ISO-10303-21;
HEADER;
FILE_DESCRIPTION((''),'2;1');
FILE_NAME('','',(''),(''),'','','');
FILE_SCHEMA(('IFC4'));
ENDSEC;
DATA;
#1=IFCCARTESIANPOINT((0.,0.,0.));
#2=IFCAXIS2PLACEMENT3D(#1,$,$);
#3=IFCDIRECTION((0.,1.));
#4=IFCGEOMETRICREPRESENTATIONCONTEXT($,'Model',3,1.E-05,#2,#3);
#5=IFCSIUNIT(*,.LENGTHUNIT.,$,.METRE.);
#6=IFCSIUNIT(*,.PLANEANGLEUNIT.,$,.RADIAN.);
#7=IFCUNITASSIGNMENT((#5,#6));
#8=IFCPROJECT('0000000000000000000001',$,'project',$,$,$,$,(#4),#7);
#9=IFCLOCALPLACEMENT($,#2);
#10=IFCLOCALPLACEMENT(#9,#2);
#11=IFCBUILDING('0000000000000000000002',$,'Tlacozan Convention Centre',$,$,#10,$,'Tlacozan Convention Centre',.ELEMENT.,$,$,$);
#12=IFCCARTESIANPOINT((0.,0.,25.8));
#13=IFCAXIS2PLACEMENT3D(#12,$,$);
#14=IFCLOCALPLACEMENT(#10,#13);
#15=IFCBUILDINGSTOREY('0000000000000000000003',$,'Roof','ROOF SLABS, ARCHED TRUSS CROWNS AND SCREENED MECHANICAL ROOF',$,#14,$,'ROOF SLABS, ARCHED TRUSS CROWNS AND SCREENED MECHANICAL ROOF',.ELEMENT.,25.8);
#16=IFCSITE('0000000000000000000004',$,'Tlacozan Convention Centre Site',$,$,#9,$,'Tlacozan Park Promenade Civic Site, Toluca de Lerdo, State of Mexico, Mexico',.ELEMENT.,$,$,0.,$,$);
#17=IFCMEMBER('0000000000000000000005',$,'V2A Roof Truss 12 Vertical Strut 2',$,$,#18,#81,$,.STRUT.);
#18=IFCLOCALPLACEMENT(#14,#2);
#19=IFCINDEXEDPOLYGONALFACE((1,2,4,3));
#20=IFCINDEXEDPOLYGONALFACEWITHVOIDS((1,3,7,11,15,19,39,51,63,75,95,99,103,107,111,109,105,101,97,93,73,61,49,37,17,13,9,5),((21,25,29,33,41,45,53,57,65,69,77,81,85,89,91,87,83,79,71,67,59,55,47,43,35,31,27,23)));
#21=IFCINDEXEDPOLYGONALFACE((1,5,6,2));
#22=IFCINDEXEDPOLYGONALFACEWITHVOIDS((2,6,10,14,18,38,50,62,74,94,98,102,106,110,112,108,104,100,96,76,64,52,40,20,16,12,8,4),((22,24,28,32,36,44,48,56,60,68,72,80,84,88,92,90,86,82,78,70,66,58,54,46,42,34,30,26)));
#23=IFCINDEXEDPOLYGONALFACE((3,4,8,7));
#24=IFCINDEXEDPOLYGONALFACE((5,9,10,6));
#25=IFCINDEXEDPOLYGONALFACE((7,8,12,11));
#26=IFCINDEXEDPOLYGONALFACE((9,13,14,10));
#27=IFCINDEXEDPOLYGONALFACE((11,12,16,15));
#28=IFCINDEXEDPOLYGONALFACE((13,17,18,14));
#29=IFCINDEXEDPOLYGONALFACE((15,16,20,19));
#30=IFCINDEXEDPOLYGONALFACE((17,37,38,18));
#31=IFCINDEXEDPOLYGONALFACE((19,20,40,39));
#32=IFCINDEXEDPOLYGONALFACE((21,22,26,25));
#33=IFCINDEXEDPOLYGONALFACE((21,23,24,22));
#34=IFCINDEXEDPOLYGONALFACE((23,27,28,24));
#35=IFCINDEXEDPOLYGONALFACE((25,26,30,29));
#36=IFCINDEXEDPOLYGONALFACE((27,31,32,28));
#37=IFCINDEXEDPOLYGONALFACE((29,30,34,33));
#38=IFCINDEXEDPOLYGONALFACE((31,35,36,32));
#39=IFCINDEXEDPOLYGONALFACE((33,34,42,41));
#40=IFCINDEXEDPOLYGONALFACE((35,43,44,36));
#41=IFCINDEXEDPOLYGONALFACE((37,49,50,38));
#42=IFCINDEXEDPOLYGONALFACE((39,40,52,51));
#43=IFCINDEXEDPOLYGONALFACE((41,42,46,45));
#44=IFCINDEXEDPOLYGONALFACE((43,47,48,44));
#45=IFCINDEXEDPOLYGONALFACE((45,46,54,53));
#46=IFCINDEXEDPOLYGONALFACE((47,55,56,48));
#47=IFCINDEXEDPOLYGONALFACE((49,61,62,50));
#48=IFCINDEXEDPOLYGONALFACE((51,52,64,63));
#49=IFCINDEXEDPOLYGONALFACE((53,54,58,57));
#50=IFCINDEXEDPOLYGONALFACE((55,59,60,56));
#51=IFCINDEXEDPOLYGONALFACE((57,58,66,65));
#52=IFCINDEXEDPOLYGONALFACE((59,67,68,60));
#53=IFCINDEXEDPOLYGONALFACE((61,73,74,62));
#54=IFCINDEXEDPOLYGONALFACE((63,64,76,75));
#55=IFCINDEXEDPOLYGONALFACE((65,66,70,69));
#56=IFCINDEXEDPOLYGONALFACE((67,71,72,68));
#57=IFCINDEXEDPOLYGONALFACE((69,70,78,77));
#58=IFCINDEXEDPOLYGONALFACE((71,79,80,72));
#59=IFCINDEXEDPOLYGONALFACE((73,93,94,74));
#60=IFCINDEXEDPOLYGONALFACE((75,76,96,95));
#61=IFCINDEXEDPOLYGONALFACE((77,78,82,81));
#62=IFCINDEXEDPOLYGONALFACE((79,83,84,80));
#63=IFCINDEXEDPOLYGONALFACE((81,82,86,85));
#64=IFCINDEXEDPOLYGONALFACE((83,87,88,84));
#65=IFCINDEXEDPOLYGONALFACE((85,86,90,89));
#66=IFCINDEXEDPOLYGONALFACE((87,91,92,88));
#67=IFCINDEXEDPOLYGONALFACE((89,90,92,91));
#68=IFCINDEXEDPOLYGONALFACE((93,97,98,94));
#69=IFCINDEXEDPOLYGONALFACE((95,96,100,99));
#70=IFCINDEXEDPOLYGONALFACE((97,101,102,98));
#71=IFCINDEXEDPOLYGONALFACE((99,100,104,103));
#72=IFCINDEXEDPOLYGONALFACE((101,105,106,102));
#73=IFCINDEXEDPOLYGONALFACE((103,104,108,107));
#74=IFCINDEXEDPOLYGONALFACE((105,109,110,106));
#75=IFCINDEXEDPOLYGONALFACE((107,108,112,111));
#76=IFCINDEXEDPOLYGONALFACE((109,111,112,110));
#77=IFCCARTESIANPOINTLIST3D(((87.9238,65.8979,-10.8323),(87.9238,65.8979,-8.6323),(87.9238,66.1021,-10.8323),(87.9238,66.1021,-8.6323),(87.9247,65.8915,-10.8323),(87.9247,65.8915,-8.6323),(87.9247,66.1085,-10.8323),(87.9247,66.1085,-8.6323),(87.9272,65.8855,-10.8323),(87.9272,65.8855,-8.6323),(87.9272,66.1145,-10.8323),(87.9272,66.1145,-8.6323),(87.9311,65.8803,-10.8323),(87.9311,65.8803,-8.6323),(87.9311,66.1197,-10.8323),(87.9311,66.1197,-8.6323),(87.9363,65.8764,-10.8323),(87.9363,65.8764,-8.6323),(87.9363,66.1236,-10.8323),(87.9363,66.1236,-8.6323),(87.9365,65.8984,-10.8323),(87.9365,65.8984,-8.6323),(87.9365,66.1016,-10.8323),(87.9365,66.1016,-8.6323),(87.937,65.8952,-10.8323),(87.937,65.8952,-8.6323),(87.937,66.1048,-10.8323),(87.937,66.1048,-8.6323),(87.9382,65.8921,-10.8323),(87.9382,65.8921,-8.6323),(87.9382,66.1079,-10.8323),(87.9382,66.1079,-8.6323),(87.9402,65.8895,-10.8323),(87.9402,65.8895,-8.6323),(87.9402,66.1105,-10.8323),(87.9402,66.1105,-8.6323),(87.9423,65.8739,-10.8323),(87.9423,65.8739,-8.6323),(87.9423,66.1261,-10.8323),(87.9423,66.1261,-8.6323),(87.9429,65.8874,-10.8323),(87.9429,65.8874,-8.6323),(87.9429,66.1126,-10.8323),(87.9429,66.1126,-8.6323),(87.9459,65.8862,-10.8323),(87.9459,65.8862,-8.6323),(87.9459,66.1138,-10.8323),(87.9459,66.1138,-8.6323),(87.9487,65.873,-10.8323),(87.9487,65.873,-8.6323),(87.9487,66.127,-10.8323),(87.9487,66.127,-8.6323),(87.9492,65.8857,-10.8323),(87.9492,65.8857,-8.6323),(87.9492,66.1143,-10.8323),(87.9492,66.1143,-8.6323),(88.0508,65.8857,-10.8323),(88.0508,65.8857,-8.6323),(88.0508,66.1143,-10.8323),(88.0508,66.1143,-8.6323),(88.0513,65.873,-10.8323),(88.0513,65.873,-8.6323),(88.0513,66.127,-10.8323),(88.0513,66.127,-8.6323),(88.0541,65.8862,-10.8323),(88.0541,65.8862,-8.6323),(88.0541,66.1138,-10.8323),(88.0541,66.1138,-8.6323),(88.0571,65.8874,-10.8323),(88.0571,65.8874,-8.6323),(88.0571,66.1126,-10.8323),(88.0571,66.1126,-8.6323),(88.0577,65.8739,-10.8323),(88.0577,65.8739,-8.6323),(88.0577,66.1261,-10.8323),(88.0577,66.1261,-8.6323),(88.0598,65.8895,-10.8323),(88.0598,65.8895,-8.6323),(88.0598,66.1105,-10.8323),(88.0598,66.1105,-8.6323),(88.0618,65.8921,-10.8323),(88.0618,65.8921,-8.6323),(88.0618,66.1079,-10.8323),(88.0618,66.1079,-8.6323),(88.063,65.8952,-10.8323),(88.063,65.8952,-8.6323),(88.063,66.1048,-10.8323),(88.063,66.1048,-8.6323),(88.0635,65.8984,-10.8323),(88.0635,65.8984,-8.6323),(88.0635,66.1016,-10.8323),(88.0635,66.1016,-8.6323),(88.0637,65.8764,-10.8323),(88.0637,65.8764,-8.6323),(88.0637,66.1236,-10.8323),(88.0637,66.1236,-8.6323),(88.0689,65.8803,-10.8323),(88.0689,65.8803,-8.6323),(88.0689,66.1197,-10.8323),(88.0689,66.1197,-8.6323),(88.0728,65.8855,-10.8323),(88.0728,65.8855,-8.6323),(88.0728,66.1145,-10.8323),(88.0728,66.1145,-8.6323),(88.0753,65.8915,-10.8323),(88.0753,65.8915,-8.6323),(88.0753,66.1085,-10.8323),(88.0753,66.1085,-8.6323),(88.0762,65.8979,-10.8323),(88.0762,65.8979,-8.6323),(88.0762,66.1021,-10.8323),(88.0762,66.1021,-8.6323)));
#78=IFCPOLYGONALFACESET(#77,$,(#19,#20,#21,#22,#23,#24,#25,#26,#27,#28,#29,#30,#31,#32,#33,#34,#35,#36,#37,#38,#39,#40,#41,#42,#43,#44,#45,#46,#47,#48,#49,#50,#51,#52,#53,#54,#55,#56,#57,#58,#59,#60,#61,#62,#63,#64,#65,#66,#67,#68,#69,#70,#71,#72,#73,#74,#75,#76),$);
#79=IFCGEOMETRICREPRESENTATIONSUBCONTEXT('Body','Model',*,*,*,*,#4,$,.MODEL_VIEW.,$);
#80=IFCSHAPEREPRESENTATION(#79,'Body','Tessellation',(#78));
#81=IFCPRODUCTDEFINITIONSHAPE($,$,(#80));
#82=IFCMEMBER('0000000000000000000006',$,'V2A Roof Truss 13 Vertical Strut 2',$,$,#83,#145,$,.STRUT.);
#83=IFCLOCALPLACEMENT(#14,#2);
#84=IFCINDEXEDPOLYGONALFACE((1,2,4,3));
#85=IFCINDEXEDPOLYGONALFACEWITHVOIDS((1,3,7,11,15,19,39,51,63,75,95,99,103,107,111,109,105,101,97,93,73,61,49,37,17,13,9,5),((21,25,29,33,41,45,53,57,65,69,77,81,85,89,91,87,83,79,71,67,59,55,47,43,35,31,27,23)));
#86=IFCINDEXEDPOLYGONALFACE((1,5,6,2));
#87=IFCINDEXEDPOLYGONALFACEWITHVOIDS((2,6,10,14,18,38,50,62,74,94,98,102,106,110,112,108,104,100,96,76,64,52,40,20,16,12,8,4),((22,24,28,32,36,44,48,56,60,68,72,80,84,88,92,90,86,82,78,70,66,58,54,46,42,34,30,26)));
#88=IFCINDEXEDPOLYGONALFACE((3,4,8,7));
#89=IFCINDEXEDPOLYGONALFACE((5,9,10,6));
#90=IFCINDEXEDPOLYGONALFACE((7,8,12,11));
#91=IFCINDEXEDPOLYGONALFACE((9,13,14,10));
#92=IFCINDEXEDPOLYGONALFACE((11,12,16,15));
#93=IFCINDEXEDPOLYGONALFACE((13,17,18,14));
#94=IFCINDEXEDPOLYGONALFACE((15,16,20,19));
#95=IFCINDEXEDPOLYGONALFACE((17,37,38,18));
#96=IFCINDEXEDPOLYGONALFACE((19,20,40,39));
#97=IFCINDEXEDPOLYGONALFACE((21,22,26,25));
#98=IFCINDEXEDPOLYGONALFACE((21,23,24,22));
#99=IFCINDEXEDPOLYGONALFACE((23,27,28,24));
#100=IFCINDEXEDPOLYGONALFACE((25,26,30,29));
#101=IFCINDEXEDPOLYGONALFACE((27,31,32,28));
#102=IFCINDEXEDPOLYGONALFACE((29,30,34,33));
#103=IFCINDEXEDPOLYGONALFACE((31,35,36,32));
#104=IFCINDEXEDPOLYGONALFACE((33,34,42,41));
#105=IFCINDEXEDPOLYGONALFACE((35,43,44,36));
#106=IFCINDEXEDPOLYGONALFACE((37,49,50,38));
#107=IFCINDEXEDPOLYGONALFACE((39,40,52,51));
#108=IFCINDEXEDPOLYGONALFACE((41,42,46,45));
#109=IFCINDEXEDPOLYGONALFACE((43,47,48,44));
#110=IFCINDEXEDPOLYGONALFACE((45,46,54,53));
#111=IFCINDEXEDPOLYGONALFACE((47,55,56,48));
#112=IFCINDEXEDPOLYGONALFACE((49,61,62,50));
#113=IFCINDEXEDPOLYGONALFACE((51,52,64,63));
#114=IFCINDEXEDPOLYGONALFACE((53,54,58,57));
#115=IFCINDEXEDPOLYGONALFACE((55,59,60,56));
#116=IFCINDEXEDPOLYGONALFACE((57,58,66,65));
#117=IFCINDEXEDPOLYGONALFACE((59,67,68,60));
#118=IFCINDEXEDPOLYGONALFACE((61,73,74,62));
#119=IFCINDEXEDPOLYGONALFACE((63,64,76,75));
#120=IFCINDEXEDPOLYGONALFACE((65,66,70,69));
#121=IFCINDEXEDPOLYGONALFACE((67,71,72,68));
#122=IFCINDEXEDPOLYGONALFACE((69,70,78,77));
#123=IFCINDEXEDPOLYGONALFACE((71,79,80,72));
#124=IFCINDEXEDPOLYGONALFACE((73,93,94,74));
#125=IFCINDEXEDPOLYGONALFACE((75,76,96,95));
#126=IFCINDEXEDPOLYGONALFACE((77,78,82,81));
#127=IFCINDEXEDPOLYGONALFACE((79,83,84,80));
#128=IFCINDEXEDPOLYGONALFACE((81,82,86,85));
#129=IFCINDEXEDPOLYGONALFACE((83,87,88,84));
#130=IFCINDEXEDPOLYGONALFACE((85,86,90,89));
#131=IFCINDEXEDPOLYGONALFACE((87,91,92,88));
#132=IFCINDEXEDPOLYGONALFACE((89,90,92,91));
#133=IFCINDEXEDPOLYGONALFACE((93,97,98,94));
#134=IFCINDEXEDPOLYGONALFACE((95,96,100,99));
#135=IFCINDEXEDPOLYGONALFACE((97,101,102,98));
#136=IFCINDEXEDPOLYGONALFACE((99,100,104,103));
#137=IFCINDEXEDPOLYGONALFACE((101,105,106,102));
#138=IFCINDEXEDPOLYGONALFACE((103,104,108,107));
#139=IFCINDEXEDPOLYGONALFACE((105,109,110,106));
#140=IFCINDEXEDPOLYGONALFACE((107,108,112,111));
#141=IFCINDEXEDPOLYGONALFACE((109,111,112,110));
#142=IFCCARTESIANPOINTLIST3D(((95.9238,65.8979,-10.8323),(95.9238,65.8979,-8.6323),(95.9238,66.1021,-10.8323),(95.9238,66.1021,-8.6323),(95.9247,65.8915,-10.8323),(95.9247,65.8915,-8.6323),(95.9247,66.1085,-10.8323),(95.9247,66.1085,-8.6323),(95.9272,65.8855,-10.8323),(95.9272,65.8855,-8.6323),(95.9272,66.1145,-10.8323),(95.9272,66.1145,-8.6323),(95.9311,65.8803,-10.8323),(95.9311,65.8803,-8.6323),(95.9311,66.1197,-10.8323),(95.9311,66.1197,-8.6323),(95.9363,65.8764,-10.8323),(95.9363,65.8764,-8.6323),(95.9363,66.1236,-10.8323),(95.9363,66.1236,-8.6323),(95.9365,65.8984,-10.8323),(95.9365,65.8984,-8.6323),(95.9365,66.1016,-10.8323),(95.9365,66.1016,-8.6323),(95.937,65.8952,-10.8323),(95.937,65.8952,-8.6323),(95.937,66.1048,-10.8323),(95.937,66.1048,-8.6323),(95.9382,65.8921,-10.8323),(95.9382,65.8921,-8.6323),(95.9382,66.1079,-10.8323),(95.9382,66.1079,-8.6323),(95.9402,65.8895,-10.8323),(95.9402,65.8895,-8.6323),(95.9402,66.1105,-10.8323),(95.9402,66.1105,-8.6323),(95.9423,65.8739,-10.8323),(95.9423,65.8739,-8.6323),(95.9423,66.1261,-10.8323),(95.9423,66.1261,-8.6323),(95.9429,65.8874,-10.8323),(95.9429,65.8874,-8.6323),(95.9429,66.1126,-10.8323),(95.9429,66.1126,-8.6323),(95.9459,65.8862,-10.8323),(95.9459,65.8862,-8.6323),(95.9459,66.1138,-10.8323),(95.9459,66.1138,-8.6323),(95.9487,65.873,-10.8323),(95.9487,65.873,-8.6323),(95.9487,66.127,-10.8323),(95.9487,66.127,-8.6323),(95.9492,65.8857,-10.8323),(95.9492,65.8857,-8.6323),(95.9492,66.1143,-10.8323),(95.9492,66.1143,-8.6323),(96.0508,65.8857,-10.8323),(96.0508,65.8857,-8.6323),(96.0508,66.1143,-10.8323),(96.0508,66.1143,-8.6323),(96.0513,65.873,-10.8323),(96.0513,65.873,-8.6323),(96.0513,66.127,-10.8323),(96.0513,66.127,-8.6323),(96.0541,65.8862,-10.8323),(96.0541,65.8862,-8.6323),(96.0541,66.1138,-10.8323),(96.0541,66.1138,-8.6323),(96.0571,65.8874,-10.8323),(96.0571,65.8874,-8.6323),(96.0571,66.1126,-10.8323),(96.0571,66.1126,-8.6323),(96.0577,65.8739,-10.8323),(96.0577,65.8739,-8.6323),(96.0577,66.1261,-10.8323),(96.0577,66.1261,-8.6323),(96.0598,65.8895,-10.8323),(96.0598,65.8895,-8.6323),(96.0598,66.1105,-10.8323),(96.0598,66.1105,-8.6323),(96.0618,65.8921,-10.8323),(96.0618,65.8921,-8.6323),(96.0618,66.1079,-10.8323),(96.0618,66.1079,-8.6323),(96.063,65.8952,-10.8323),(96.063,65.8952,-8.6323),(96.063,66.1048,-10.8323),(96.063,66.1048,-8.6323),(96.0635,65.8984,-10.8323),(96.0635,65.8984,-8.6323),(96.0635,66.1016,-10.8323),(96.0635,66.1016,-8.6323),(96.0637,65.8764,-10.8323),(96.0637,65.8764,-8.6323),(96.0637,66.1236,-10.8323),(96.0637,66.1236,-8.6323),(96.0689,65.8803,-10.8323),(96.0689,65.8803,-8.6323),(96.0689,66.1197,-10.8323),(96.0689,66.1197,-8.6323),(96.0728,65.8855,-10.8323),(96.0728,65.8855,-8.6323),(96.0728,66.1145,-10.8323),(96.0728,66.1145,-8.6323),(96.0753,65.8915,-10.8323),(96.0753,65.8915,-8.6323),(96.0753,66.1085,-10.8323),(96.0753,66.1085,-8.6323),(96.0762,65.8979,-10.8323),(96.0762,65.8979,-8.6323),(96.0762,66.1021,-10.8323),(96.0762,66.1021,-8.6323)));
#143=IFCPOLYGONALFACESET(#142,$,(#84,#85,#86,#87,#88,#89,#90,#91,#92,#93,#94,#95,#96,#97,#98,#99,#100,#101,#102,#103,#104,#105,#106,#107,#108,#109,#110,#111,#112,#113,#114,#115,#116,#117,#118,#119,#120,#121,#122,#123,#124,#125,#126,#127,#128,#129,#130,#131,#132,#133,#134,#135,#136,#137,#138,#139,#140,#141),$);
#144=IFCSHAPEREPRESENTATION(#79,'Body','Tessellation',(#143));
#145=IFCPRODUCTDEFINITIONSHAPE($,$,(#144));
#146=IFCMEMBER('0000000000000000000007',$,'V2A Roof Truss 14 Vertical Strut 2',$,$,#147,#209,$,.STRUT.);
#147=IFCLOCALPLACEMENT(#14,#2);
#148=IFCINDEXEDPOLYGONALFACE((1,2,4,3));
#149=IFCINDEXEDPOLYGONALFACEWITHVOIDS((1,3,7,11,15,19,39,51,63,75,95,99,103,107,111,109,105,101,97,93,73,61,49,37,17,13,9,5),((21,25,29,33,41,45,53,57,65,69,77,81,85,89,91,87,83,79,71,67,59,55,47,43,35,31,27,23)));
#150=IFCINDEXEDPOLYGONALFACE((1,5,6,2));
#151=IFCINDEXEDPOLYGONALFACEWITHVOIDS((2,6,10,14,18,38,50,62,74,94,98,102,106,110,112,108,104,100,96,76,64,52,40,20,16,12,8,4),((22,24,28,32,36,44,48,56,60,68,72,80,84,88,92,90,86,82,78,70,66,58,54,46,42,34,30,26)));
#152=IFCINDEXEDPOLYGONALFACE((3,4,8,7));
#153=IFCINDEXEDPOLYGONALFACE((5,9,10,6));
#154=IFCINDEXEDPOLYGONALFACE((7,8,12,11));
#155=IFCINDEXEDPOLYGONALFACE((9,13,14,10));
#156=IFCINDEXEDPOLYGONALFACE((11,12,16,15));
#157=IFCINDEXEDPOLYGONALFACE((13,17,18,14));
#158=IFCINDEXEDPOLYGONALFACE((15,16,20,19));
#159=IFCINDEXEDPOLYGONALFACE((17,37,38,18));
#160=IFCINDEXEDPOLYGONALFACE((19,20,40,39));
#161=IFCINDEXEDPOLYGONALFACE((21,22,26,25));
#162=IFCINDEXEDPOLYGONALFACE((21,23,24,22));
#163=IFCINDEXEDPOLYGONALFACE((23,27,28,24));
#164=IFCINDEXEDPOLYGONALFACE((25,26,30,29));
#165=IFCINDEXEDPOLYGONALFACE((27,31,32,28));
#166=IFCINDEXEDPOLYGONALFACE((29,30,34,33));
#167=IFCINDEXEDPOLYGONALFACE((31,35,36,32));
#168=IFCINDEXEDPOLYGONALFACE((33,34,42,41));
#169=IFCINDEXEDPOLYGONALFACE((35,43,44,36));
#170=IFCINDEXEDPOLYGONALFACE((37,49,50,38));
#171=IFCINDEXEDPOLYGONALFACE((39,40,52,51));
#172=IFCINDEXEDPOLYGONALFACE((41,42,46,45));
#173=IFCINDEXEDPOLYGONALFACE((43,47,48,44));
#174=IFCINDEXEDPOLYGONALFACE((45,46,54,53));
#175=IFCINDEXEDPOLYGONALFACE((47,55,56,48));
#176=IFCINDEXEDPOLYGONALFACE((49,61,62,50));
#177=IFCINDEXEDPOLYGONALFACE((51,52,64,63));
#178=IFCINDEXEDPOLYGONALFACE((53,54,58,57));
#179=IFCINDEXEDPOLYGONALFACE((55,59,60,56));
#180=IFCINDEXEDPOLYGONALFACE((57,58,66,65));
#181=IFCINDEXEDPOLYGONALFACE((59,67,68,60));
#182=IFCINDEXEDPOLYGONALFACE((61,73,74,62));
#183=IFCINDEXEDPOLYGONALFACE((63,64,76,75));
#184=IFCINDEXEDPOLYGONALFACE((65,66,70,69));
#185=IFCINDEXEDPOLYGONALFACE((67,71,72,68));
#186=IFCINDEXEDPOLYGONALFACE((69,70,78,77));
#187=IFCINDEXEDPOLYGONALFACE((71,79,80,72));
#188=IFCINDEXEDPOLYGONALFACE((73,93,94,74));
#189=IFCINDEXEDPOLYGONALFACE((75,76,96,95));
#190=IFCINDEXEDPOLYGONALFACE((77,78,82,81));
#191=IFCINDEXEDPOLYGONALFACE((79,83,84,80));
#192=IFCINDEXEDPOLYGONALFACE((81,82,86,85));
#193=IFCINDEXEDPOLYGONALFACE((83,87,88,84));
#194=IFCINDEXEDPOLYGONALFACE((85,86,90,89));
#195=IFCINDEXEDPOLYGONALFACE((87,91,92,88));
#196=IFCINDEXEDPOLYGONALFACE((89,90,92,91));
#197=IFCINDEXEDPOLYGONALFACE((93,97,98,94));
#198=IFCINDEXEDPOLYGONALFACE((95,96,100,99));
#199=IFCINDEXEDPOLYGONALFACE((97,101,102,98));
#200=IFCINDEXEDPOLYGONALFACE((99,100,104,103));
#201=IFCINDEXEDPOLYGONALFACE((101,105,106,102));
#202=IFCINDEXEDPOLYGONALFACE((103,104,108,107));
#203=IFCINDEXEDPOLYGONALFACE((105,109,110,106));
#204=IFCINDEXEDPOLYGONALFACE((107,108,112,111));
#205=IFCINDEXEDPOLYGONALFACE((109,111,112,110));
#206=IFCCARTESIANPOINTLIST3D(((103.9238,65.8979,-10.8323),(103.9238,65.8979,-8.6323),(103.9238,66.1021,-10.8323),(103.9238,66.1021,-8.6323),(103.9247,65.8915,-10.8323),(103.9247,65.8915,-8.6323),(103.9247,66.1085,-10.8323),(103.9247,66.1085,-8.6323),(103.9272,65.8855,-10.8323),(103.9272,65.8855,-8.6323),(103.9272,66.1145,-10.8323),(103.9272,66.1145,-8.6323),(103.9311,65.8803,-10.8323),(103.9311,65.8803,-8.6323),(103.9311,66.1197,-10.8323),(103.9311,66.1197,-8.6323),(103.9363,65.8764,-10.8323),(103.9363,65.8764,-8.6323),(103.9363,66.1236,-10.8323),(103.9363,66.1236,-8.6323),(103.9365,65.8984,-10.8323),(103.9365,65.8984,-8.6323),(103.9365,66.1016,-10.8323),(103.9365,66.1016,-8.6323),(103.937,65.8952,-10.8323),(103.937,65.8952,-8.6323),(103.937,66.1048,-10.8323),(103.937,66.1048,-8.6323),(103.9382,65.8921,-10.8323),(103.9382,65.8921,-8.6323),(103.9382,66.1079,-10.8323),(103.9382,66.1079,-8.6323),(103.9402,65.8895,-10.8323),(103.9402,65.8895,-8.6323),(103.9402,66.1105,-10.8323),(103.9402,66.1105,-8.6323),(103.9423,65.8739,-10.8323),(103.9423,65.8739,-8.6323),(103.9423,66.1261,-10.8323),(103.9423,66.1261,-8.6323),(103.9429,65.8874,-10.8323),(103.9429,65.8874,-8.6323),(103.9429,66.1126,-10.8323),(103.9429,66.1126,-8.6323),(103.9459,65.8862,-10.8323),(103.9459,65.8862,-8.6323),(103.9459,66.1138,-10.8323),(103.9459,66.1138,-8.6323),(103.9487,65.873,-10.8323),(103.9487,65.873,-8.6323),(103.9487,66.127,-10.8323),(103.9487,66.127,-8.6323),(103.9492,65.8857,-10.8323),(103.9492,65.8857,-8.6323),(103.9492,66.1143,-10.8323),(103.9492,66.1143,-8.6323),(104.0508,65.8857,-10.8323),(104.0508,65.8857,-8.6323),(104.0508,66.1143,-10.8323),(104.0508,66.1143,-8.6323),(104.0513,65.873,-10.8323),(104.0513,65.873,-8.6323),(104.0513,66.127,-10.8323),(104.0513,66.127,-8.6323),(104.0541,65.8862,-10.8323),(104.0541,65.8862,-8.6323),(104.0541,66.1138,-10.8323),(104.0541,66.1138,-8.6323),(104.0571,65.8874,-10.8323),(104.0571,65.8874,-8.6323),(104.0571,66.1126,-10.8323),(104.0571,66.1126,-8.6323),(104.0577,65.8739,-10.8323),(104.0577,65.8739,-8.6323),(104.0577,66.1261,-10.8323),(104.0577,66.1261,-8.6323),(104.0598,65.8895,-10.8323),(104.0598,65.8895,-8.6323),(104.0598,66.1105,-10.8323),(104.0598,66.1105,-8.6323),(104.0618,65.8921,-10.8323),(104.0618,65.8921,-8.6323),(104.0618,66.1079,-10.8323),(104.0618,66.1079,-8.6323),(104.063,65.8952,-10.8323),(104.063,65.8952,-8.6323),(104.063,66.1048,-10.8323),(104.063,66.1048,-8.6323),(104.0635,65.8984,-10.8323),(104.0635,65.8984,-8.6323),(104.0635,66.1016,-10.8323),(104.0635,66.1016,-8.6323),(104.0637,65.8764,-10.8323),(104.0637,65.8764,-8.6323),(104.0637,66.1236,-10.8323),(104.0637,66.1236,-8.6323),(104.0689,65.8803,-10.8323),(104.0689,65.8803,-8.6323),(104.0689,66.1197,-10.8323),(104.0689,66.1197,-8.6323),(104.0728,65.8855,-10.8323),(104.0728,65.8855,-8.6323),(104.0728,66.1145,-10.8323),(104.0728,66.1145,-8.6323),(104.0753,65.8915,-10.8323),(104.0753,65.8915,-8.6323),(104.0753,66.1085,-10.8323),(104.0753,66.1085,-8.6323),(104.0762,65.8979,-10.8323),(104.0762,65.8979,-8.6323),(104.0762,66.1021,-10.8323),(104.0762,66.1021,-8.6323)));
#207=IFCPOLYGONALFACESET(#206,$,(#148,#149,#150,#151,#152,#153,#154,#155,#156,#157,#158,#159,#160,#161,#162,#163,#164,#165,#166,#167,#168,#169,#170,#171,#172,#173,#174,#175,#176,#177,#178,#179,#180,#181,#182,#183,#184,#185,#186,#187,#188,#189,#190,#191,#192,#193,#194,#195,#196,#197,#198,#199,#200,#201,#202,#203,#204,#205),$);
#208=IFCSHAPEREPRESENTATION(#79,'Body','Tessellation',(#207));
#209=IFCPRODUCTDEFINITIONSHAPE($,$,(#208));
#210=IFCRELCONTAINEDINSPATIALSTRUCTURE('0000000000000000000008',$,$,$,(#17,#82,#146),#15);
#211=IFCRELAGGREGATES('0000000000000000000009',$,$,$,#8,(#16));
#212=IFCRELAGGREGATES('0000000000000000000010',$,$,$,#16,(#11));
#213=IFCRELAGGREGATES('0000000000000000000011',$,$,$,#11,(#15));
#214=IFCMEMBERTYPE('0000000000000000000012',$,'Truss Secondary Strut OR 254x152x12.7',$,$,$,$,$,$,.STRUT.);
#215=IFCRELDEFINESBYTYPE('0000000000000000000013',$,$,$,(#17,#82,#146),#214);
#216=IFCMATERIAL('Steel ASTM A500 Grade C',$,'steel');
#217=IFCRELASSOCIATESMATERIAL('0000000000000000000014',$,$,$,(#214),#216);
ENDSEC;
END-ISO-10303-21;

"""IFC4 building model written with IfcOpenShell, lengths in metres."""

from ifc_helpers import new_model, si_unit, direction, frame, origin, origin_2d, place, context, subcontext, project, spatial, hollow_rectangle, extrude, material, material_profile, profile_set, type_object, element, save


model = new_model("IFC4")

# Units and contexts
model_context = context("Model", 3, precision=1e-05, world=origin(), true_north=direction((0.0, 1.0)))
body_context = subcontext(model_context, "Body", "Model", "MODEL_VIEW")
ifc_project = project(units=[si_unit("LENGTHUNIT", "METRE"), si_unit("PLANEANGLEUNIT", "RADIAN")], contexts=[model_context])

# Site, building, storey
site_placement = place(None, origin())
site = spatial("IfcSite", under=ifc_project, at=site_placement, Name="Tlacozan Convention Centre Site", LongName="Tlacozan Park Promenade Civic Site, Toluca de Lerdo, State of Mexico, Mexico", CompositionType="ELEMENT", RefElevation=0.0)
building_placement = place(site_placement, origin())
building = spatial("IfcBuilding", under=site, at=building_placement, Name="Tlacozan Convention Centre", LongName="Tlacozan Convention Centre", CompositionType="ELEMENT")
storey_placement = place(building_placement, frame((0.0, 0.0, 25.8)))
storey = spatial("IfcBuildingStorey", under=building, at=storey_placement, Name="Roof", Description="ROOF SLABS, ARCHED TRUSS CROWNS AND SCREENED MECHANICAL ROOF", LongName="ROOF SLABS, ARCHED TRUSS CROWNS AND SCREENED MECHANICAL ROOF", CompositionType="ELEMENT", Elevation=25.8)

# Members
ifc_material_1 = material(Name="Steel ASTM A500 Grade C", Category="steel")
ifc_material_profile_1 = material_profile(ifc_material_1, hollow_rectangle(XDim=0.1523, YDim=0.2539, WallThickness=0.0127, InnerFilletRadius=0.0127, OuterFilletRadius=0.0249, at=origin_2d()), Name="OR 254x152x12.7")
ifc_profile_set_1 = profile_set([ifc_material_profile_1], Name="Steel ASTM A500 Grade C")
member_type_1 = type_object("IfcMemberType", Name="Truss Secondary Strut OR 254x152x12.7", PredefinedType="STRUT", material=ifc_profile_set_1)
for number, where, z_axis, x_axis, name in (
    (1, (88.0, 66.0, -10.8323), (0.0, 0.0, 1.0), (1.0, 0.0, 0.0), "V2A Roof Truss 12 Vertical Strut 2"),
    (2, (96.0, 66.0, -10.8323), (0.0, 0.0, 1.0), (1.0, 0.0, 0.0), "V2A Roof Truss 13 Vertical Strut 2"),
    (3, (104.0, 66.0, -10.8323), (0.0, 0.0, 1.0), (1.0, 0.0, 0.0), "V2A Roof Truss 14 Vertical Strut 2"),
):
    element("IfcMember", number, at=place(storey_placement, frame(where, z_axis=z_axis, x_axis=x_axis)), inside=storey, type_object=member_type_1, Name=name, PredefinedType="STRUT", context=body_context, shape_type="SweptSolid", body=[
        extrude(hollow_rectangle(XDim=0.1523, YDim=0.2539, WallThickness=0.0127, InnerFilletRadius=0.0127, OuterFilletRadius=0.0249, at=origin_2d()), origin(), (0.0, 0.0, 1.0), 2.2),
    ])

save(model, "model.ifc")
